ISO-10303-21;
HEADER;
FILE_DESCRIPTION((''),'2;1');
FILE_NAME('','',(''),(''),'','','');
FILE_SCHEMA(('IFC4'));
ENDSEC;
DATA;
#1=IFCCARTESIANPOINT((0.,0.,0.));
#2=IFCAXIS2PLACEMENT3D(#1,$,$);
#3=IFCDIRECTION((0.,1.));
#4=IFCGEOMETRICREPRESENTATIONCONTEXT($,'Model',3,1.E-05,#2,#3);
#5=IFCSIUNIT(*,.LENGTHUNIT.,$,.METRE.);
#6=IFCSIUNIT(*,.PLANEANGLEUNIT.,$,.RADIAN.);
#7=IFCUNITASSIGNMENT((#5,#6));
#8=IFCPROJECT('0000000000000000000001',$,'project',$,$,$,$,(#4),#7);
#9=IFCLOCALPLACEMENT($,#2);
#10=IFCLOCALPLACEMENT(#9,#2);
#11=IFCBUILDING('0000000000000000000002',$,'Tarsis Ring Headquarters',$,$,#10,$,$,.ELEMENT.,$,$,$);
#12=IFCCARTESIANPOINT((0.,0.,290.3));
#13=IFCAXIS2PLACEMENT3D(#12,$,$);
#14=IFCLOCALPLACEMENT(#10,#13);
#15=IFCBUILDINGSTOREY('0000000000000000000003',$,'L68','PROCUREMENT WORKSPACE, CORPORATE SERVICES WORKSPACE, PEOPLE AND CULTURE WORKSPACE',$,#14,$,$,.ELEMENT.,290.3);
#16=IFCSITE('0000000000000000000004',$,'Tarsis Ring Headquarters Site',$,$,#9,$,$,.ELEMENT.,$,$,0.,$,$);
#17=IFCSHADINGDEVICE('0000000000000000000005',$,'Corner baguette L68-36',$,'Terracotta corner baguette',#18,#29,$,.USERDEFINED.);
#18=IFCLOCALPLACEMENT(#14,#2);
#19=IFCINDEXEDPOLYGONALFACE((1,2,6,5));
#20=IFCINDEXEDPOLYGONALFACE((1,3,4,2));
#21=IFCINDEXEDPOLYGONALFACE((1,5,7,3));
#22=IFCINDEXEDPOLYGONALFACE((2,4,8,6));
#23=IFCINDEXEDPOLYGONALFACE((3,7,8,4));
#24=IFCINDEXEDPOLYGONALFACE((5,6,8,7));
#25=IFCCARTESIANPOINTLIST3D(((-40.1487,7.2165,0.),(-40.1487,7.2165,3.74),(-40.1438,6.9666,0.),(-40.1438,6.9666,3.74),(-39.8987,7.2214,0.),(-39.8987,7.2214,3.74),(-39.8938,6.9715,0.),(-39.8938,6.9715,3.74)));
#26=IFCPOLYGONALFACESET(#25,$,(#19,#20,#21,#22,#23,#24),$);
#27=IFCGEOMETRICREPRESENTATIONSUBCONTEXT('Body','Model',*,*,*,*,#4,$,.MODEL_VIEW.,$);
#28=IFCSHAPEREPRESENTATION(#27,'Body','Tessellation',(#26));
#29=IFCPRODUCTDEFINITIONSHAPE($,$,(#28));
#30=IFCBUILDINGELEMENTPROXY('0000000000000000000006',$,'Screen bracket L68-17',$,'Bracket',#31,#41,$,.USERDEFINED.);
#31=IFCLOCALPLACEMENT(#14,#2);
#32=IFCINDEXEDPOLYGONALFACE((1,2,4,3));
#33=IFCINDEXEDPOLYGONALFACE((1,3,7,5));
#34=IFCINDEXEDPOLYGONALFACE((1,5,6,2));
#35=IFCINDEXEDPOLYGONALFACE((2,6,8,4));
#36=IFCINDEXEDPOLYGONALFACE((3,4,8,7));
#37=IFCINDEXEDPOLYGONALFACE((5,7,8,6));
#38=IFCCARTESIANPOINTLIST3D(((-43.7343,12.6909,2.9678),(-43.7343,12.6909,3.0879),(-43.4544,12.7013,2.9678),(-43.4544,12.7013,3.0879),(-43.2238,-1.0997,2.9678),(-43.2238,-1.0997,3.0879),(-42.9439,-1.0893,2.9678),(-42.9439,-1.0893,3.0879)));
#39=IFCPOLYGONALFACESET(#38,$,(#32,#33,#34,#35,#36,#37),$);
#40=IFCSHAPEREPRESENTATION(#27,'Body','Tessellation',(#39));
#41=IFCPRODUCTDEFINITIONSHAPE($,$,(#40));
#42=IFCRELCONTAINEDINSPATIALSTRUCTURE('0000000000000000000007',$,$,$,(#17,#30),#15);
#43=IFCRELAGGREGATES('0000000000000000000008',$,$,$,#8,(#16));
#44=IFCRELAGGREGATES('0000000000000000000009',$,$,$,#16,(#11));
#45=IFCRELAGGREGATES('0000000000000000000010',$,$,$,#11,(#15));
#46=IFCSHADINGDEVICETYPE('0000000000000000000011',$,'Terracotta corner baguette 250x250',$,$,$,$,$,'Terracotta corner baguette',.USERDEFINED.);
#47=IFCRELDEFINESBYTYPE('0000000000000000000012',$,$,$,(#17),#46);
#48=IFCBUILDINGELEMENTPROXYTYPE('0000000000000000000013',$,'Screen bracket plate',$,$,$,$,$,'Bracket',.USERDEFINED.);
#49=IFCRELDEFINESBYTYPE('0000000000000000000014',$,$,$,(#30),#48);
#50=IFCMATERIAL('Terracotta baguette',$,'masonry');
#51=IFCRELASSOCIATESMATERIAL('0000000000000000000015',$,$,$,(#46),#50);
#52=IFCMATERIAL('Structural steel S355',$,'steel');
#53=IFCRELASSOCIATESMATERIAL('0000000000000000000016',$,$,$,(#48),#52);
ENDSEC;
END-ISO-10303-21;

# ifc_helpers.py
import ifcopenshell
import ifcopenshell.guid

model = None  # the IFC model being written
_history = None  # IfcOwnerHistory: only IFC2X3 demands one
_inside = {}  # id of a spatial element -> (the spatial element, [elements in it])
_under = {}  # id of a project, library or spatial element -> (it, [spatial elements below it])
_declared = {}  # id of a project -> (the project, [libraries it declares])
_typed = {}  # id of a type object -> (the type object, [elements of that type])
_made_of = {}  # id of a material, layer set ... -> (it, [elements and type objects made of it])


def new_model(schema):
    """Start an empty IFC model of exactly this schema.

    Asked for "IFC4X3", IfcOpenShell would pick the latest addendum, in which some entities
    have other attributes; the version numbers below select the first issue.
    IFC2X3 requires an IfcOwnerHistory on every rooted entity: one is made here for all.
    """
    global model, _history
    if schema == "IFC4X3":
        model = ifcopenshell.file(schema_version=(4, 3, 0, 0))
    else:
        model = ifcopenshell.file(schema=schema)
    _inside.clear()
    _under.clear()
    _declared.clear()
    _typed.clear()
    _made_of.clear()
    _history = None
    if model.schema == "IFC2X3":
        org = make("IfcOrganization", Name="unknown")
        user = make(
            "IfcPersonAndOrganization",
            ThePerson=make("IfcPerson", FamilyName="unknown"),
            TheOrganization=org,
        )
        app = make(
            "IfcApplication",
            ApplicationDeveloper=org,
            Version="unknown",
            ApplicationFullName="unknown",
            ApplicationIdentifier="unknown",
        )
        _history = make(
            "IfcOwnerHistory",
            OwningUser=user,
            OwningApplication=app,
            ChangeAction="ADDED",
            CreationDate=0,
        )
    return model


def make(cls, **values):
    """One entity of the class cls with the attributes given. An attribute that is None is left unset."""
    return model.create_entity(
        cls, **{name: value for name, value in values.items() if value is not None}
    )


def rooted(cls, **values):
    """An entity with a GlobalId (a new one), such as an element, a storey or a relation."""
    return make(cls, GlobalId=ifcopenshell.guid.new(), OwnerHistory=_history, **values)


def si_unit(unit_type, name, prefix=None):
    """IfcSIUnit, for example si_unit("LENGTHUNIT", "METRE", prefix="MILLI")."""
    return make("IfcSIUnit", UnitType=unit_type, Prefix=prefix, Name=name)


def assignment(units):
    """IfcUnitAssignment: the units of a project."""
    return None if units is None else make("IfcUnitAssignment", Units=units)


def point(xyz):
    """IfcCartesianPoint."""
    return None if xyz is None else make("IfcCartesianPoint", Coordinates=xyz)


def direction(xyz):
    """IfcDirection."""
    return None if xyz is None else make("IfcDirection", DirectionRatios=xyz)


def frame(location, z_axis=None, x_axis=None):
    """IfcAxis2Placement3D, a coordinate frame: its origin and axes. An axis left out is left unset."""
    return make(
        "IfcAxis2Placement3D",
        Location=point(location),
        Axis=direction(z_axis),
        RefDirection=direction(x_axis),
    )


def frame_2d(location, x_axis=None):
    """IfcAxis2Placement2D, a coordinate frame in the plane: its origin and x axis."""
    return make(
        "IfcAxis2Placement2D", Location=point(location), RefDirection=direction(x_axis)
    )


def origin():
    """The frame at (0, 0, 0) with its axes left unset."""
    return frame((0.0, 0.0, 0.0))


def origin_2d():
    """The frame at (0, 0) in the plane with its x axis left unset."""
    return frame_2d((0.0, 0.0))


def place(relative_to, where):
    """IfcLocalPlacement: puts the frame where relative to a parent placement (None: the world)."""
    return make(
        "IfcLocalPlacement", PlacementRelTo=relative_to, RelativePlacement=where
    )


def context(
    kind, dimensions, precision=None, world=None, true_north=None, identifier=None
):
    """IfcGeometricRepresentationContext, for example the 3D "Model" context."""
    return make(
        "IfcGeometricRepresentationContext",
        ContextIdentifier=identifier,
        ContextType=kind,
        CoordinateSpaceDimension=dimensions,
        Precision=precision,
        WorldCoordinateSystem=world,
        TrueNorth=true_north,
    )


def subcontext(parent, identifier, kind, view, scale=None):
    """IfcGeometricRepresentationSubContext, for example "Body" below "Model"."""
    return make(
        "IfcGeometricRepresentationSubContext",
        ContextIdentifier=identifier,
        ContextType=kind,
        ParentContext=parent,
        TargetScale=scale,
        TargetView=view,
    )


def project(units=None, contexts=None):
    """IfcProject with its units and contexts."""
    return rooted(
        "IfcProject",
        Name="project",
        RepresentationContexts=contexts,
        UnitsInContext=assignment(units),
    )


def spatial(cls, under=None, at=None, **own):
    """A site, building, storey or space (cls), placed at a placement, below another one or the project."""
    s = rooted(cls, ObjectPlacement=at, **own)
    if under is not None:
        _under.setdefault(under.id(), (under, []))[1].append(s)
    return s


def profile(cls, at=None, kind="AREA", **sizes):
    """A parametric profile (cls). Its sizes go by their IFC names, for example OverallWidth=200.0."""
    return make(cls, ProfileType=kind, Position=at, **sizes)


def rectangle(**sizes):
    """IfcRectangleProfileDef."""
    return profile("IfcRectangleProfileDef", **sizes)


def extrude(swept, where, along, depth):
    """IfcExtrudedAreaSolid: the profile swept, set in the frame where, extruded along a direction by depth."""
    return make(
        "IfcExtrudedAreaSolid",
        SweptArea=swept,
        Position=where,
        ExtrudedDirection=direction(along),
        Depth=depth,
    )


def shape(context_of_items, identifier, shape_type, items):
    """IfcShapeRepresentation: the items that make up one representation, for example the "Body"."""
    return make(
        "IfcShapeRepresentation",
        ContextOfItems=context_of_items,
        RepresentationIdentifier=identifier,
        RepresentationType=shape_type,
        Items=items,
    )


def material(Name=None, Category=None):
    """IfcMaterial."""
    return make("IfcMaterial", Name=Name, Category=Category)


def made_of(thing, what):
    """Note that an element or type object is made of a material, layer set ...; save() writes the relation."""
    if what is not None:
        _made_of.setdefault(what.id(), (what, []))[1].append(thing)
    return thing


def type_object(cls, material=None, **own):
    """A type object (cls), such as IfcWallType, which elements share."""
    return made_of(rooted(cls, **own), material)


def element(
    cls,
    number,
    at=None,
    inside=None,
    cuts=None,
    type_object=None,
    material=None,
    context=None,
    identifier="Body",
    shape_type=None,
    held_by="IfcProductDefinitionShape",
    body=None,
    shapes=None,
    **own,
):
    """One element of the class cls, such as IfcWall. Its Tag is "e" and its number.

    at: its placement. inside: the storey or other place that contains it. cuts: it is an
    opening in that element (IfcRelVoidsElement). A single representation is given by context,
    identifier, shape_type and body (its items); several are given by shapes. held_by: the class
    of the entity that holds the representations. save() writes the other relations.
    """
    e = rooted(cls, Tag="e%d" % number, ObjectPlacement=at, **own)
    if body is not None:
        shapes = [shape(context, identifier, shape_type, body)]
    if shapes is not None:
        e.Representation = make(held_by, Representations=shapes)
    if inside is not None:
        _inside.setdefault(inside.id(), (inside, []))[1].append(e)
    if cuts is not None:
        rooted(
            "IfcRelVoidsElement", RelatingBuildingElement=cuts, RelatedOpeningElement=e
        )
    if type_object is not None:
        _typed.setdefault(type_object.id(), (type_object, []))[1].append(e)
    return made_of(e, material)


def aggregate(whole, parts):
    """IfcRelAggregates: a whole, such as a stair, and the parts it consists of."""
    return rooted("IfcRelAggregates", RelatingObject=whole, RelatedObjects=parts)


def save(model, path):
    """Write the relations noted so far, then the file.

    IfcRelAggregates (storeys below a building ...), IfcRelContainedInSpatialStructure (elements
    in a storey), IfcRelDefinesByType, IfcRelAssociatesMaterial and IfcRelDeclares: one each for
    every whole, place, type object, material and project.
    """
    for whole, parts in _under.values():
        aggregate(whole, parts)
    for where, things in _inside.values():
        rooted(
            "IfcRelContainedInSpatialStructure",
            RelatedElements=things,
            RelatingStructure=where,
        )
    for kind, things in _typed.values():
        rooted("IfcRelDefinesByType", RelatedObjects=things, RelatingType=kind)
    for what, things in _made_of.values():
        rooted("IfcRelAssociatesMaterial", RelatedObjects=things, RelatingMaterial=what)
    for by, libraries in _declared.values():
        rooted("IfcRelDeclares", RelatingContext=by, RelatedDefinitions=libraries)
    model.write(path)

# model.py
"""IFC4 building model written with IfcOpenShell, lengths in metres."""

from ifc_helpers import new_model, si_unit, direction, frame, origin, origin_2d, place, context, subcontext, project, spatial, rectangle, extrude, material, type_object, element, save


model = new_model("IFC4")

# Units and contexts
model_context = context("Model", 3, precision=1e-05, world=origin(), true_north=direction((0.0, 1.0)))
body_context = subcontext(model_context, "Body", "Model", "MODEL_VIEW")
ifc_project = project(units=[si_unit("LENGTHUNIT", "METRE"), si_unit("PLANEANGLEUNIT", "RADIAN")], contexts=[model_context])

# Site, building, storey
site_placement = place(None, origin())
site = spatial("IfcSite", under=ifc_project, at=site_placement, Name="Tarsis Ring Headquarters Site", CompositionType="ELEMENT", RefElevation=0.0)
building_placement = place(site_placement, origin())
building = spatial("IfcBuilding", under=site, at=building_placement, Name="Tarsis Ring Headquarters", CompositionType="ELEMENT")
storey_placement = place(building_placement, frame((0.0, 0.0, 290.3)))
storey = spatial("IfcBuildingStorey", under=building, at=storey_placement, Name="L68", Description="PROCUREMENT WORKSPACE, CORPORATE SERVICES WORKSPACE, PEOPLE AND CULTURE WORKSPACE", CompositionType="ELEMENT", Elevation=290.3)

# Shared definitions
ifc_material_1 = material(Name="Structural steel S355", Category="steel")

# Shading device
ifc_material_2 = material(Name="Terracotta baguette", Category="masonry")
shading_device_type_1 = type_object("IfcShadingDeviceType", Name="Terracotta corner baguette 250x250", ElementType="Terracotta corner baguette", PredefinedType="USERDEFINED", material=ifc_material_2)
for number, where, z_axis, x_axis, name in (
    (1, (-40.0212, 7.094, 0.0), (0.0, 0.0, 1.0), (-0.999809, -0.019546, 0.0), "Corner baguette L68-36"),
):
    element("IfcShadingDevice", number, at=place(storey_placement, frame(where, z_axis=z_axis, x_axis=x_axis)), inside=storey, type_object=shading_device_type_1, Name=name, ObjectType="Terracotta corner baguette", PredefinedType="USERDEFINED", context=body_context, shape_type="SweptSolid", body=[
        extrude(rectangle(XDim=0.25, YDim=0.25, at=origin_2d()), origin(), (0.0, 0.0, 1.0), 3.74),
    ])

# Building element proxy
building_element_proxy_type = type_object("IfcBuildingElementProxyType", Name="Screen bracket plate", ElementType="Bracket", PredefinedType="USERDEFINED", material=ifc_material_1)
proxy_placement = place(storey_placement, frame((-43.3391, 5.8008, 2.9678), z_axis=(0.0, 0.0, 1.0), x_axis=(0.036993, -0.999316, 0.0)))
element("IfcBuildingElementProxy", 2, at=proxy_placement, inside=storey, type_object=building_element_proxy_type, Name="Screen bracket L68-17", ObjectType="Bracket", PredefinedType="USERDEFINED", context=body_context, shape_type="SweptSolid", body=[
    extrude(rectangle(XDim=13.8, YDim=0.28, at=origin_2d()), origin(), (0.0, 0.0, 1.0), 0.1201),
])

save(model, "model.ifc")
